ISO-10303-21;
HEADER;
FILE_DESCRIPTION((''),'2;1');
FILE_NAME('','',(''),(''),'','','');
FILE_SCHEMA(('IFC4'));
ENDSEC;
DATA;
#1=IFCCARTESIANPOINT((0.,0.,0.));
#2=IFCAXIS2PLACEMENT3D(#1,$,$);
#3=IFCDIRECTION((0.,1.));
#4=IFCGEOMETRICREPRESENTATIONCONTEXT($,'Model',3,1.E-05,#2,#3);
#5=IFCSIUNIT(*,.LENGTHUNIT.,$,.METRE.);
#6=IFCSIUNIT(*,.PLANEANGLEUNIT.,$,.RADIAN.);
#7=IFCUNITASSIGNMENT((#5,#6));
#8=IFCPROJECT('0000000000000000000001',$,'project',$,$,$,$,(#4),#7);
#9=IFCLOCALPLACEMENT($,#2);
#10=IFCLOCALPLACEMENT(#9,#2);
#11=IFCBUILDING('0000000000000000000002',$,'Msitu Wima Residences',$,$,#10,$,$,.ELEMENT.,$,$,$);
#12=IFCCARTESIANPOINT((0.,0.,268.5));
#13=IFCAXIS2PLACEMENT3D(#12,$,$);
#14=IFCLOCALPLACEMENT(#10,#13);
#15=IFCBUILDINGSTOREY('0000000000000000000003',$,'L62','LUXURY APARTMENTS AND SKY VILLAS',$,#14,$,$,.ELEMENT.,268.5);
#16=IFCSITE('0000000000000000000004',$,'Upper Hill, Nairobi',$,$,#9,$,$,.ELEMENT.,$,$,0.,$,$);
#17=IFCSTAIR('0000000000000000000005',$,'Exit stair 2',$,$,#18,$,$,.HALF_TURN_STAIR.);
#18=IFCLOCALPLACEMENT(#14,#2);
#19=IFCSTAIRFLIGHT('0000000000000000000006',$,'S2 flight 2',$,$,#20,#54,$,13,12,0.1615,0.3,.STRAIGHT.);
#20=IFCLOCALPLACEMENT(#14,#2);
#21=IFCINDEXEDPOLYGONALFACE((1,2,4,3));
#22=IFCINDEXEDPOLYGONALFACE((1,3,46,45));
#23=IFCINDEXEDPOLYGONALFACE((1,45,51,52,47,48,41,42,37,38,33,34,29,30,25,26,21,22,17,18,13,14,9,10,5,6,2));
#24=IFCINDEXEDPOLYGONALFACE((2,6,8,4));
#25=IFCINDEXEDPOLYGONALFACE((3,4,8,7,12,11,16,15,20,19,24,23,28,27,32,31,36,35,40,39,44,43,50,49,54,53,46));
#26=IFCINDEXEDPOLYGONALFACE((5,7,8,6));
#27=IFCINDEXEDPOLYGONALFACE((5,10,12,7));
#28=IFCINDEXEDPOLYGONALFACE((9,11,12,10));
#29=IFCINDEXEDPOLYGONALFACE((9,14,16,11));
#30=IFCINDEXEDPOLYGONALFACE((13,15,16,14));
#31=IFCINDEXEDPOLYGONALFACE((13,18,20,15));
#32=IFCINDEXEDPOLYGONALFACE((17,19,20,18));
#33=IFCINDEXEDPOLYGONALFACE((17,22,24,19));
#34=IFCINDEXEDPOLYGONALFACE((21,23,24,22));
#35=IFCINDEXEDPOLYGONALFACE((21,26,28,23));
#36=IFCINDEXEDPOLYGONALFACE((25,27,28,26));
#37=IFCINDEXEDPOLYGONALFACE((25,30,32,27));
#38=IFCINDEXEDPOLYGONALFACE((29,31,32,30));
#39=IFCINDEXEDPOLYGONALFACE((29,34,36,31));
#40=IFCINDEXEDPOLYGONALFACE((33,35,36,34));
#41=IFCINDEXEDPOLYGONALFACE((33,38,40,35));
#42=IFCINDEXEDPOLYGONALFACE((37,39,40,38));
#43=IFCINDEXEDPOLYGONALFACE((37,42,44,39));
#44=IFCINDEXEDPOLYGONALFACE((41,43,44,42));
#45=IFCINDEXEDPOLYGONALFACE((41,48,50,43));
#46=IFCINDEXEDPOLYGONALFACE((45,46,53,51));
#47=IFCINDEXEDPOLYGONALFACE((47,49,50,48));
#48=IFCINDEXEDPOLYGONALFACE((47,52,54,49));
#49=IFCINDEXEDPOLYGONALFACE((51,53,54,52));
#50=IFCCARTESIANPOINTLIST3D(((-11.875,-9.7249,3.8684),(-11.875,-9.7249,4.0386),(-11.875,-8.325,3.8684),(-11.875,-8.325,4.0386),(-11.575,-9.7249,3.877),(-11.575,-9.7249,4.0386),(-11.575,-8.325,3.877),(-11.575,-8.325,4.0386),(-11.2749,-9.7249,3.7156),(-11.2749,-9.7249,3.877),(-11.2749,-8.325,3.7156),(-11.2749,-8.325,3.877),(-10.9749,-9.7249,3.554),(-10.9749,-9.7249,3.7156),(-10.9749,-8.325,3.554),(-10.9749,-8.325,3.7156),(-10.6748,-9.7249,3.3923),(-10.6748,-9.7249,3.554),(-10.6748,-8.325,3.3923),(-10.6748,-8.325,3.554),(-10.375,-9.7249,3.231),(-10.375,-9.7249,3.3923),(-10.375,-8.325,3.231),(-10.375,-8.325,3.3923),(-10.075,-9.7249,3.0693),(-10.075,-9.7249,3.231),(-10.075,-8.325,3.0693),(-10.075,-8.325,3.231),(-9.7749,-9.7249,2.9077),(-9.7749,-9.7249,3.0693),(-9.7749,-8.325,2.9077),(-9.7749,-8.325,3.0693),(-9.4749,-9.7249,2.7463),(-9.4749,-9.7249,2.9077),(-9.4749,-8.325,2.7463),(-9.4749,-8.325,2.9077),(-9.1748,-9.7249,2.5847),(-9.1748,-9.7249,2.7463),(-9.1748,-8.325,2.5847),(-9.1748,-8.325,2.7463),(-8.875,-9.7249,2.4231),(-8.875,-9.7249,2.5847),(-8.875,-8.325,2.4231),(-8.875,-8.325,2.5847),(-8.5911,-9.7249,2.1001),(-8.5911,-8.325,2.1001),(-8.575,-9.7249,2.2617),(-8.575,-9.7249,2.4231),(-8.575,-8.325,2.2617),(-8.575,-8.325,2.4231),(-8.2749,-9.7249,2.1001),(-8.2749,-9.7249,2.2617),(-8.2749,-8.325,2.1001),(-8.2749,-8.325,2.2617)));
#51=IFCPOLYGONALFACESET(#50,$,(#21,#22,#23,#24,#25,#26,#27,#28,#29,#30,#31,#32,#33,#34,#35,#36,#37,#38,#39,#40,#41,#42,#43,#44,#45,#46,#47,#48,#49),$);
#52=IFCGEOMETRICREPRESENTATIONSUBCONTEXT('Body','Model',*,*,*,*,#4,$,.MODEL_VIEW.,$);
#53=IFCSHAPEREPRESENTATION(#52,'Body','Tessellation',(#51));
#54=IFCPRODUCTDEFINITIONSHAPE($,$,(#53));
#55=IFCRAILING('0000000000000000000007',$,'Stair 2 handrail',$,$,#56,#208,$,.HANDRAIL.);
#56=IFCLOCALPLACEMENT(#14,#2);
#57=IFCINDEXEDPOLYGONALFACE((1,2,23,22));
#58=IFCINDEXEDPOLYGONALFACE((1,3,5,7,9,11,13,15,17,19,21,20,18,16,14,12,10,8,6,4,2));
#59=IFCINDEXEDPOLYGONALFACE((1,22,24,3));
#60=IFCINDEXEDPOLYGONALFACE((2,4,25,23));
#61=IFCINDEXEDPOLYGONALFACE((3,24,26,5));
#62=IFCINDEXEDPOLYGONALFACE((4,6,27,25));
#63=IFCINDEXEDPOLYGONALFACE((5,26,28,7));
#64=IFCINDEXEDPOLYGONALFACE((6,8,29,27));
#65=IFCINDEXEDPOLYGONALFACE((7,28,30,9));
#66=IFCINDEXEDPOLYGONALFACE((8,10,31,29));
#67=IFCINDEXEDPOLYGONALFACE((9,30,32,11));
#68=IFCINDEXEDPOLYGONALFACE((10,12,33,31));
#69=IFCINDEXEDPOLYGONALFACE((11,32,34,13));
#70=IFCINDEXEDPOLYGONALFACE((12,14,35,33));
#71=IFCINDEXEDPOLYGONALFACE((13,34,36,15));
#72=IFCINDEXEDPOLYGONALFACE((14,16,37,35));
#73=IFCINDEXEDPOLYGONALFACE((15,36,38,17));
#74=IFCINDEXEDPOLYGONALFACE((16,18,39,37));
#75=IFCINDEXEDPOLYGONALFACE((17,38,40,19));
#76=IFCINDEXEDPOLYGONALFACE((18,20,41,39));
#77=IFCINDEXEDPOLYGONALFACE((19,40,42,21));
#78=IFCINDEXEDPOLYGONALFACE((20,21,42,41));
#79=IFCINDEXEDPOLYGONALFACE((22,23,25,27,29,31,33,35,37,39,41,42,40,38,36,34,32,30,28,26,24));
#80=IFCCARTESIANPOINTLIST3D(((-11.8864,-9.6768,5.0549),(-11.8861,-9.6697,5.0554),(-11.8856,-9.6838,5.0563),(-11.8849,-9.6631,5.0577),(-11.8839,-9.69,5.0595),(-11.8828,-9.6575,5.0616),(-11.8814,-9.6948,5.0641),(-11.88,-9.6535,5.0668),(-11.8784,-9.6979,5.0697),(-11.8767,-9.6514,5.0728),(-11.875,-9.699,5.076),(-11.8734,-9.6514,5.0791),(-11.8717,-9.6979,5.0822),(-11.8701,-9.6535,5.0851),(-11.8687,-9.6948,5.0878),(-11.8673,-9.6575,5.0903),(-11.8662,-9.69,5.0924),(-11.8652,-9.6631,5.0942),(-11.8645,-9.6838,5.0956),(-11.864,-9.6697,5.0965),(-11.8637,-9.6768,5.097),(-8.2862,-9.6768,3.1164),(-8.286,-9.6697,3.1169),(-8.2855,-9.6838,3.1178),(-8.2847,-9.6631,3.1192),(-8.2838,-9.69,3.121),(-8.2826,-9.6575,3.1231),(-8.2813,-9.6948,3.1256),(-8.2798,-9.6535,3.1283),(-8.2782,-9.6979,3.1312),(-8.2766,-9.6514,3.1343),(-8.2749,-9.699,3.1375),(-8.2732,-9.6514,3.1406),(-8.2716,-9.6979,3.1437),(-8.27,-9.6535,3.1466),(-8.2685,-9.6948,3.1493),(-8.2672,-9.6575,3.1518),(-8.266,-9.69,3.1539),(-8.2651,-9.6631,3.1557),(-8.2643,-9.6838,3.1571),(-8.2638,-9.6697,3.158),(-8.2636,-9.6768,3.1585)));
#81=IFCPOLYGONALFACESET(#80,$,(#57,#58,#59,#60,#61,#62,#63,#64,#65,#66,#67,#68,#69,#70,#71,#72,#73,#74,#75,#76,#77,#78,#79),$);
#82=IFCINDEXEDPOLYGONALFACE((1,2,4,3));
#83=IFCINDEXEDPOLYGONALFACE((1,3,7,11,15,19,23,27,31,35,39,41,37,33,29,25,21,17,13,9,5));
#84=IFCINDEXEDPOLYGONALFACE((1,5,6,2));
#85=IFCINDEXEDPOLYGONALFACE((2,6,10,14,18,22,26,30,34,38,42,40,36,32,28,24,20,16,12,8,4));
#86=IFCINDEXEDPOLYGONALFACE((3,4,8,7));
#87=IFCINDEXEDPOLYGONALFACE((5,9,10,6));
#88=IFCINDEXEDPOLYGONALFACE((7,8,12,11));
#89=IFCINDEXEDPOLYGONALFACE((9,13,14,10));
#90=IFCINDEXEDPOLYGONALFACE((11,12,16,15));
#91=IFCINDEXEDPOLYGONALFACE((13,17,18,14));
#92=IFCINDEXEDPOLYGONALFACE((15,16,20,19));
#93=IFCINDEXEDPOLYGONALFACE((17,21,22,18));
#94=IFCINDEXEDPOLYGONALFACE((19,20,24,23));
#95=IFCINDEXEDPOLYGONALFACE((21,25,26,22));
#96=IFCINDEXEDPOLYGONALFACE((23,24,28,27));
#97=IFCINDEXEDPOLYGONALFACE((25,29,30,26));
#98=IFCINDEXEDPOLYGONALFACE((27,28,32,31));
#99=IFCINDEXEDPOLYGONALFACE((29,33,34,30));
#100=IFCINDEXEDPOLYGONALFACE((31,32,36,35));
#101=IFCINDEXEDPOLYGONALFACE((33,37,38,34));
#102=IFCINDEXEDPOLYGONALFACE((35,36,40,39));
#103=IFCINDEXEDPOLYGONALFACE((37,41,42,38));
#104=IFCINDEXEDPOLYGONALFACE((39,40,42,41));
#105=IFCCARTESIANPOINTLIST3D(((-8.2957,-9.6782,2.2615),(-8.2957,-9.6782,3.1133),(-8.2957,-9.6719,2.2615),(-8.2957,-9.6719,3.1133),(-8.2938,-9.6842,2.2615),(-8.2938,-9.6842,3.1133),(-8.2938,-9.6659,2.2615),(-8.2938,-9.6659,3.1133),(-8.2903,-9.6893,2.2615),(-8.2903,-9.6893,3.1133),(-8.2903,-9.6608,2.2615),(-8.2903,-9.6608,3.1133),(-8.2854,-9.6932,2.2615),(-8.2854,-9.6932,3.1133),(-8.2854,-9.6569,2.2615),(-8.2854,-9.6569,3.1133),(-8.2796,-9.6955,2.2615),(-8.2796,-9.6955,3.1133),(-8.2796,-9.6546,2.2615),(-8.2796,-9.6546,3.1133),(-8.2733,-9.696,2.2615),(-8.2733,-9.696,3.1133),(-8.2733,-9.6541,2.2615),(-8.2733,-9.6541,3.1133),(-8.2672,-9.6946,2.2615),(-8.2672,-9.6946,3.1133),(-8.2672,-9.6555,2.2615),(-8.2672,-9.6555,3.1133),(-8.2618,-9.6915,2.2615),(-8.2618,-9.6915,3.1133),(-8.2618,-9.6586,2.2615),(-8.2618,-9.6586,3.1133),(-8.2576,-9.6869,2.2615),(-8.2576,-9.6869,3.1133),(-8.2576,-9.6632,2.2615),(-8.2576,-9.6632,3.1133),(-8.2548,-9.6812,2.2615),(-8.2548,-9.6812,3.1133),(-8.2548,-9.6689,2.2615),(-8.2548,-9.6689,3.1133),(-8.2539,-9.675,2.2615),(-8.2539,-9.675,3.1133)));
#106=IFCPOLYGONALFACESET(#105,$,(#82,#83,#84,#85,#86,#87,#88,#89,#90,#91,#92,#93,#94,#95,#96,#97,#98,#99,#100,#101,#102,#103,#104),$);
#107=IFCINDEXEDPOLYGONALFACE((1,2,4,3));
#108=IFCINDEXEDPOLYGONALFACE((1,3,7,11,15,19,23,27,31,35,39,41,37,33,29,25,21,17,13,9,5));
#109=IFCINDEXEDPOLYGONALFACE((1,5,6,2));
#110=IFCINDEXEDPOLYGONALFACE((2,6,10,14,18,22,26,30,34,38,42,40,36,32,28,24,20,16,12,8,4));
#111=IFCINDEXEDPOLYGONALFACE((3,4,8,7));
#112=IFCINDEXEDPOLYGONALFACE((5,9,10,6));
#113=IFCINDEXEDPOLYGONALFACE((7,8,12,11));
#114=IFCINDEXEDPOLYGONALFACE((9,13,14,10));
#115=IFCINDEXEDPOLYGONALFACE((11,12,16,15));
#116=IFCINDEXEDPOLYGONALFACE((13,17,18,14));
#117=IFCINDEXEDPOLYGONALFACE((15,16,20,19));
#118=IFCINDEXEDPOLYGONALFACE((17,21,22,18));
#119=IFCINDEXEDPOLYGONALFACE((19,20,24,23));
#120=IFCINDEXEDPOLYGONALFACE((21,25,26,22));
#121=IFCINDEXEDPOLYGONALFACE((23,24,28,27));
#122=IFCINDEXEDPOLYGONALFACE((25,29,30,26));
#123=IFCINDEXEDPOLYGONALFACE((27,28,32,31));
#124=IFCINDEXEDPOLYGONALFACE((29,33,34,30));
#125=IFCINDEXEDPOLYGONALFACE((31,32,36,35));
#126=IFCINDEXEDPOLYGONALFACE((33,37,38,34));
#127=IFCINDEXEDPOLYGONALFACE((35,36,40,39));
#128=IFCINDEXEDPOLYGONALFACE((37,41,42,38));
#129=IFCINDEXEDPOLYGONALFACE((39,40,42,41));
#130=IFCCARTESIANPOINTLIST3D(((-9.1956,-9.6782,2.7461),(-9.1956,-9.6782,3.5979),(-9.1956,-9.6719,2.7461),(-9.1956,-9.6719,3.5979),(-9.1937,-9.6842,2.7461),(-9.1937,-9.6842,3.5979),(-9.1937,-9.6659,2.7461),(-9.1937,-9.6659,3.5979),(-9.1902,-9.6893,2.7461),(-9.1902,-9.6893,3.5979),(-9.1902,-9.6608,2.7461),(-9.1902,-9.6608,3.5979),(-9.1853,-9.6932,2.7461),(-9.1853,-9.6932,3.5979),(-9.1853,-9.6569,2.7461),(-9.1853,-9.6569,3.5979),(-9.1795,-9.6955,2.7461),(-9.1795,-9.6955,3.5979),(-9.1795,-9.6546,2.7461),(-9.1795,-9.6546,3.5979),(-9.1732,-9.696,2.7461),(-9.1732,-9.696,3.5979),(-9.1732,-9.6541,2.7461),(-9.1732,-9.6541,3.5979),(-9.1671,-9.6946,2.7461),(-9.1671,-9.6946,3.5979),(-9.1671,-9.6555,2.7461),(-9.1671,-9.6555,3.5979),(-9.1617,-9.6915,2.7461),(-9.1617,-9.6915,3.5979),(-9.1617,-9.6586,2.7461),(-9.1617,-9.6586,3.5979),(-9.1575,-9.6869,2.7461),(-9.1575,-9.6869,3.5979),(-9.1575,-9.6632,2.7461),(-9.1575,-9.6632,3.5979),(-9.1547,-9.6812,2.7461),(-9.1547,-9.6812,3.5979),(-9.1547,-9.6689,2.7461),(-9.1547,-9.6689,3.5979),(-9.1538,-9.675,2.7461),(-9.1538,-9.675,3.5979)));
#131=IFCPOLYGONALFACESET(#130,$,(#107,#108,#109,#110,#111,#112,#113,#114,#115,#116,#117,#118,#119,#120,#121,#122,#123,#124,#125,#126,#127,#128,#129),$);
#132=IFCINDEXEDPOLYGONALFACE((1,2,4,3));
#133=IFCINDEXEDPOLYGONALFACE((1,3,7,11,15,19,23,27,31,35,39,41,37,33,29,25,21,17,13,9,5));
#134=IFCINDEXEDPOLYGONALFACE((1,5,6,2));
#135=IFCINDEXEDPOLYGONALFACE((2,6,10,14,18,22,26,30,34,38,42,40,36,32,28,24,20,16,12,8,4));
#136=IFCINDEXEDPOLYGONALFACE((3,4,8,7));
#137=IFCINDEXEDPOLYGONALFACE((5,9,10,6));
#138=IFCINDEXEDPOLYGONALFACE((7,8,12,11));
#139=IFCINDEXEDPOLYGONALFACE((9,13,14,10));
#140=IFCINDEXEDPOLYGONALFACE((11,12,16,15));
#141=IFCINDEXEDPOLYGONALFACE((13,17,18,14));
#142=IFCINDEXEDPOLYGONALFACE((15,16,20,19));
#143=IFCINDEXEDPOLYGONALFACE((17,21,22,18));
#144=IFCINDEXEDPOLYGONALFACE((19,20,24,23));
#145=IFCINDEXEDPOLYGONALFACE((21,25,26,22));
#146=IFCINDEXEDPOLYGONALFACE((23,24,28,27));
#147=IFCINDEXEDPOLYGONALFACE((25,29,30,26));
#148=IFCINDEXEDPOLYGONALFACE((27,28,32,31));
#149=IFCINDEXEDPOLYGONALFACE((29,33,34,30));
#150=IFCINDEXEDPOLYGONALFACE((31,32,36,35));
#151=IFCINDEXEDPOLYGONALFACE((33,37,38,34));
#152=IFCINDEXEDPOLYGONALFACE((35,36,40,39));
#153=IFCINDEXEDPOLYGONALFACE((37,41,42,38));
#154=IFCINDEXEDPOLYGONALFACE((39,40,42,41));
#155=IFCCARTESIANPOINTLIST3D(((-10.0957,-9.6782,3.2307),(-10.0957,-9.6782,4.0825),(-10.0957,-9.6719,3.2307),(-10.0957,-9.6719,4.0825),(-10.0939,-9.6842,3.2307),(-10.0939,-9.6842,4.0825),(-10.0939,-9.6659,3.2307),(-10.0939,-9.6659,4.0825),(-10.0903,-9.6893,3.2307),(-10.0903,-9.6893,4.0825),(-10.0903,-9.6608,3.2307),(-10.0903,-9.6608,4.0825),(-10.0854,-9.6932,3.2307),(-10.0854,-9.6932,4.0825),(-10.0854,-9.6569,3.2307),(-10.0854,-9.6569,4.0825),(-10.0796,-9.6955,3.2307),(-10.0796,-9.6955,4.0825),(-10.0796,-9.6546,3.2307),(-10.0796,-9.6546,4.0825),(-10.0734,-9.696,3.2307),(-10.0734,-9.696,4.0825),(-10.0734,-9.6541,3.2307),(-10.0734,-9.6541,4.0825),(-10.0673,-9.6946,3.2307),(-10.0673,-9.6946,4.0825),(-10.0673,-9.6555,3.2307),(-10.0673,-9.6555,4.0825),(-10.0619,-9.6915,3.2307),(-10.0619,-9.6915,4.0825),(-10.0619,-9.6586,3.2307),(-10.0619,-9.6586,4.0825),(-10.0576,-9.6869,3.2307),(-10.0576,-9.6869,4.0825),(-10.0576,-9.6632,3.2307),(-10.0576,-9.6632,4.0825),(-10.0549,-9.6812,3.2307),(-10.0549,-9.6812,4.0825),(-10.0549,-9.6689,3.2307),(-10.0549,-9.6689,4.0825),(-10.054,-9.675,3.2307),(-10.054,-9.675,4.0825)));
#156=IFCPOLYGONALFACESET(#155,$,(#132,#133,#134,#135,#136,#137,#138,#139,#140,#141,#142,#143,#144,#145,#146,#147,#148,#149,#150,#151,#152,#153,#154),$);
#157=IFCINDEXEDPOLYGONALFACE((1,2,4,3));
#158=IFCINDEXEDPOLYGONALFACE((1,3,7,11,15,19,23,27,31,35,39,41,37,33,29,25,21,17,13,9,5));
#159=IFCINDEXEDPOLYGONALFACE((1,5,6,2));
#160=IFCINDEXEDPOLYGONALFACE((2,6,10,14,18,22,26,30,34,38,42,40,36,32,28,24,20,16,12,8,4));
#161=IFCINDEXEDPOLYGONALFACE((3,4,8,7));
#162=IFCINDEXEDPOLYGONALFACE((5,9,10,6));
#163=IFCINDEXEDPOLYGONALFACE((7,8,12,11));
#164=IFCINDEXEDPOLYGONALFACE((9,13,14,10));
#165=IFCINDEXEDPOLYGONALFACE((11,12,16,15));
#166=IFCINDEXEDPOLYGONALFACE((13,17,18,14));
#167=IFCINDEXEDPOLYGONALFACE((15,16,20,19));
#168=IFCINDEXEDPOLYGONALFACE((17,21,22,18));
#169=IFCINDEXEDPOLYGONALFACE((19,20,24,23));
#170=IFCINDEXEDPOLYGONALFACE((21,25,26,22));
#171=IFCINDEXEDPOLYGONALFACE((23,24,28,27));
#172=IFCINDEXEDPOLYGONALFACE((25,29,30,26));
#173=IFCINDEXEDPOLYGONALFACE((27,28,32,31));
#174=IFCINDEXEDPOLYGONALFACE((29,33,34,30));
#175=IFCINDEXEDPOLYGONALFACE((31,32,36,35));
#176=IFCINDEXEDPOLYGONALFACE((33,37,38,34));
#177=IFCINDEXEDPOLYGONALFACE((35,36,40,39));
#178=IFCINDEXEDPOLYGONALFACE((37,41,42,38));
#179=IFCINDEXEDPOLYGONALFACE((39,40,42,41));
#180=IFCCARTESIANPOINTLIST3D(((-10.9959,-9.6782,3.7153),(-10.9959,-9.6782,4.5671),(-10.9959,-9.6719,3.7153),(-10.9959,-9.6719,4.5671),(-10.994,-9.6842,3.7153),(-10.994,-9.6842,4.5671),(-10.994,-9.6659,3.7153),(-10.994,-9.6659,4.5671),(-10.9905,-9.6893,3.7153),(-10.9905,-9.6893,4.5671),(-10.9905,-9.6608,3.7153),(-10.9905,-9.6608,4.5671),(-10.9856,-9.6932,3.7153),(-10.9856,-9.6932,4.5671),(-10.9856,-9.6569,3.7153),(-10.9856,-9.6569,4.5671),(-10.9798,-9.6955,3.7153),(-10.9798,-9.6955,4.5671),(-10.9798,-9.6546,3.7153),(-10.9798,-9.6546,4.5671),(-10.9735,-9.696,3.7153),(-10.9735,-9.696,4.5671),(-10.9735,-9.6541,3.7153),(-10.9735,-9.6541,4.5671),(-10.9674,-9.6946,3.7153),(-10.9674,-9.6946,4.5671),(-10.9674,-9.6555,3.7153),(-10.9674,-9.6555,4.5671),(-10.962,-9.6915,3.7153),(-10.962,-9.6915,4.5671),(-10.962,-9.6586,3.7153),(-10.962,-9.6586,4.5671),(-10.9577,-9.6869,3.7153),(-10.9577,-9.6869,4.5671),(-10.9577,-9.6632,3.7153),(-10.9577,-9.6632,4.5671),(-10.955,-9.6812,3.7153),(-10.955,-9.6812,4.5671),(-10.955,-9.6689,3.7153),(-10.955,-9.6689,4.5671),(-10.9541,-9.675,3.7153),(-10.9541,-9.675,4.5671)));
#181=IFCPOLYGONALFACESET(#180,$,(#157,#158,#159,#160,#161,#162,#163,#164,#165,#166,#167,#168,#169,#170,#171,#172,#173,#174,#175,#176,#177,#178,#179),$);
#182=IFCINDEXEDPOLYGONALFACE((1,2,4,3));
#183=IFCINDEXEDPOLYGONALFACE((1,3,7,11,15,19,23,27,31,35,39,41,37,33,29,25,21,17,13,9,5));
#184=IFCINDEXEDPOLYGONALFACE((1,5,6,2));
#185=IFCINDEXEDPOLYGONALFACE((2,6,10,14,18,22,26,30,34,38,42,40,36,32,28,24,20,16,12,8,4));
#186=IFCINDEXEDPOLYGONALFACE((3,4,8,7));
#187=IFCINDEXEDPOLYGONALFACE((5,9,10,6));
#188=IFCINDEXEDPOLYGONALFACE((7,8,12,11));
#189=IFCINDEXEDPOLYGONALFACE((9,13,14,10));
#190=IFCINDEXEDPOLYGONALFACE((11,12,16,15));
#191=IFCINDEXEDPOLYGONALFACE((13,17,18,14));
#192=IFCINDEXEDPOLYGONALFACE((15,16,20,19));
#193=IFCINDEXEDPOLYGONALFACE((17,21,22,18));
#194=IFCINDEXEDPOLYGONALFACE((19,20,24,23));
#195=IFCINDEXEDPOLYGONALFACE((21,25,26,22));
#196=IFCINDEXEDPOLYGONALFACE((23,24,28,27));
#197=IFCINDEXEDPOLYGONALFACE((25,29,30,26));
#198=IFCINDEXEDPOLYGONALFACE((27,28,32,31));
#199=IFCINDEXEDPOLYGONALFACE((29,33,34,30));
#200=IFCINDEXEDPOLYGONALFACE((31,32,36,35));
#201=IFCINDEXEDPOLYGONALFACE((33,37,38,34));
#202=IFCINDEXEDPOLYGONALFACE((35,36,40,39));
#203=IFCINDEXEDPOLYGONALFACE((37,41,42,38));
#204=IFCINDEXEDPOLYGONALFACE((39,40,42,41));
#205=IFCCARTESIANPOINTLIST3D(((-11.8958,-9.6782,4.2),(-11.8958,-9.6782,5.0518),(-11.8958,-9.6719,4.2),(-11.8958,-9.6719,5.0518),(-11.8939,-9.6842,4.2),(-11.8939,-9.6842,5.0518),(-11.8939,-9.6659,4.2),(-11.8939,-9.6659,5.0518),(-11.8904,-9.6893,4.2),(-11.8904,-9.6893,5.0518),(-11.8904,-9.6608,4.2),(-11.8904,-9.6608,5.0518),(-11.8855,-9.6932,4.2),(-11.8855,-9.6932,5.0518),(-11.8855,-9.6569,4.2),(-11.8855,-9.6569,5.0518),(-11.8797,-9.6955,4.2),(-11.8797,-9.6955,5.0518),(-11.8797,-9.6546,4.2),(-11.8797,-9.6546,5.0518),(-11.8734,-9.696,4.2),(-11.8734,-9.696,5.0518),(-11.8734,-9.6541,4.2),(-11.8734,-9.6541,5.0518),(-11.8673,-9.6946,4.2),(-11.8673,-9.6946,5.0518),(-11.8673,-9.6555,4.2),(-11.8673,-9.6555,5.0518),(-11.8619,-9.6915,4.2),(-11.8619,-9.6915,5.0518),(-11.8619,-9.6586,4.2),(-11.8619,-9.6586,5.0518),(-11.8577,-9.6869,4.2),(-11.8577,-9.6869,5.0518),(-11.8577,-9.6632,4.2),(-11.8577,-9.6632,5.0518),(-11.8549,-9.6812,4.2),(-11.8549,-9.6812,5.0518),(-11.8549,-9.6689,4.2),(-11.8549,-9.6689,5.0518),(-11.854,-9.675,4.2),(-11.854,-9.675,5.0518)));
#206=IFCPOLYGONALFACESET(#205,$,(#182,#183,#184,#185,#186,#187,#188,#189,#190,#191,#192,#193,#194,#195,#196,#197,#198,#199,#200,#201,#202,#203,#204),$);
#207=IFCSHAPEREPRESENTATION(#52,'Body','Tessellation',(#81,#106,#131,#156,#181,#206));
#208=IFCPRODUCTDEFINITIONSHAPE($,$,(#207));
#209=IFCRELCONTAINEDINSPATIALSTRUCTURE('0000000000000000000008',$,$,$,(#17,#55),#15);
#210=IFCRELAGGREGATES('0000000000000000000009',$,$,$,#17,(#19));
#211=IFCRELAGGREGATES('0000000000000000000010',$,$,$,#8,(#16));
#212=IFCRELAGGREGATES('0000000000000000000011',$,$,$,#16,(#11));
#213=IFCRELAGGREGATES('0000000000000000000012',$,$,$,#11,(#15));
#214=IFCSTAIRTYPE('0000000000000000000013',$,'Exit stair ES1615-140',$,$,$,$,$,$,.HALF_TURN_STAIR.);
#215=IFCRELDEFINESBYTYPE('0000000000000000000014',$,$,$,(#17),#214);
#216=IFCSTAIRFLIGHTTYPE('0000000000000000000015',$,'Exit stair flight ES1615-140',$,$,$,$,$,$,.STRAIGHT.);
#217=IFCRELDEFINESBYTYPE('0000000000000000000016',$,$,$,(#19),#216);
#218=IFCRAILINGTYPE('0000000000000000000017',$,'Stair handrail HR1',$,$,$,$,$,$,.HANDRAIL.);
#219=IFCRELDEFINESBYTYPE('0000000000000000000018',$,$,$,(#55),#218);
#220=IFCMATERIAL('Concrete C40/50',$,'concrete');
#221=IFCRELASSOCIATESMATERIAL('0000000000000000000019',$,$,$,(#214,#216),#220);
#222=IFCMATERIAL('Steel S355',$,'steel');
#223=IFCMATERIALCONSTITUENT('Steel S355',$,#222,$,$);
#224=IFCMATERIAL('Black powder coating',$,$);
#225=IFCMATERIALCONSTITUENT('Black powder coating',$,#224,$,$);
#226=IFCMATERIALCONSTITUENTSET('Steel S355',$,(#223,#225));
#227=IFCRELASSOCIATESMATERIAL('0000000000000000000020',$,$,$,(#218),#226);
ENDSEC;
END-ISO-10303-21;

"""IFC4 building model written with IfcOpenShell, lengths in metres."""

from ifc_helpers import new_model, si_unit, direction, frame, origin, origin_2d, place, context, subcontext, project, spatial, polyline, circle, outline, extrude, material, constituent, constituent_set, type_object, element, aggregate, save


model = new_model("IFC4")

# Units and contexts
model_context = context("Model", 3, precision=1e-05, world=origin(), true_north=direction((0.0, 1.0)))
body_context = subcontext(model_context, "Body", "Model", "MODEL_VIEW")
ifc_project = project(units=[si_unit("LENGTHUNIT", "METRE"), si_unit("PLANEANGLEUNIT", "RADIAN")], contexts=[model_context])

# Site, building, storey
site_placement = place(None, origin())
site = spatial("IfcSite", under=ifc_project, at=site_placement, Name="Upper Hill, Nairobi", CompositionType="ELEMENT", RefElevation=0.0)
building_placement = place(site_placement, origin())
building = spatial("IfcBuilding", under=site, at=building_placement, Name="Msitu Wima Residences", CompositionType="ELEMENT")
storey_placement = place(building_placement, frame((0.0, 0.0, 268.5)))
storey = spatial("IfcBuildingStorey", under=building, at=storey_placement, Name="L62", Description="LUXURY APARTMENTS AND SKY VILLAS", CompositionType="ELEMENT", Elevation=268.5)

# Stair, stair flight
ifc_material_1 = material(Name="Concrete C40/50", Category="concrete")
stair_type = type_object("IfcStairType", Name="Exit stair ES1615-140", PredefinedType="HALF_TURN_STAIR", material=ifc_material_1)
stair_placement = place(storey_placement, origin())
stair = element("IfcStair", 1, at=stair_placement, inside=storey, type_object=stair_type, Name="Exit stair 2", PredefinedType="HALF_TURN_STAIR")
stair_flight_type = type_object("IfcStairFlightType", Name="Exit stair flight ES1615-140", PredefinedType="STRAIGHT", material=ifc_material_1)
stair_flight_placement = place(storey_placement, frame((-8.2749, -9.0249, 2.1001), z_axis=(0.0, 0.0, 1.0), x_axis=(-1.0, 0.0, 0.0)))
stair_flight = element("IfcStairFlight", 2, at=stair_flight_placement, type_object=stair_flight_type, Name="S2 flight 2", NumberOfRisers=13, NumberOfTreads=12, PredefinedType="STRAIGHT", RiserHeight=0.1615, TreadLength=0.3, context=body_context, shape_type="SweptSolid", body=[
    extrude(outline(polyline([(0.0, 0.0), (0.0, 0.1616), (0.3, 0.1616), (0.3, 0.323), (0.6001, 0.323), (0.6001, 0.4846), (0.8999, 0.4846), (0.8999, 0.6462), (1.2, 0.6462), (1.2, 0.8076), (1.5, 0.8076), (1.5, 0.9692), (1.8, 0.9692), (1.8, 1.1309), (2.1001, 1.1309), (2.1001, 1.2922), (2.3999, 1.2922), (2.3999, 1.4539), (2.7, 1.4539), (2.7, 1.6155), (3.0, 1.6155), (3.0, 1.7769), (3.3, 1.7769), (3.3, 1.9385), (3.6001, 1.9385), (3.6001, 2.1001), (3.6001, 1.7683), (0.3162, 0.0), (0.0, 0.0)])), frame((0.0, 0.7, 0.0), z_axis=(0.0, -1.0, 0.0), x_axis=(1.0, 0.0, 0.0)), (0.0, 0.0, 1.0), 1.3999),
])
aggregate(stair, [stair_flight])

# Railing
ifc_material_2 = material(Name="Steel S355", Category="steel")
ifc_constituent_1 = constituent(ifc_material_2, Name="Steel S355")
ifc_material_3 = material(Name="Black powder coating")
ifc_constituent_2 = constituent(ifc_material_3, Name="Black powder coating")
ifc_constituent_set = constituent_set(constituents=[ifc_constituent_1, ifc_constituent_2], Name="Steel S355")
railing_type = type_object("IfcRailingType", Name="Stair handrail HR1", PredefinedType="HANDRAIL", material=ifc_constituent_set)
for number, where, name in (
    (3, (-8.2749, -9.675, 2.2615), "Stair 2 handrail"),
):
    element("IfcRailing", number, at=place(storey_placement, frame(where)), inside=storey, type_object=railing_type, Name=name, PredefinedType="HANDRAIL", context=body_context, shape_type="SweptSolid", body=[
        extrude(circle(Radius=0.0239, at=origin_2d()), frame((0.0, 0.0, 0.876), z_axis=(-0.880475, 0.0, 0.474093), x_axis=(0.0, -1.0, 0.0)), (0.0, 0.0, 1.0), 4.0889),
        extrude(circle(Radius=0.021, at=origin_2d()), origin(), (0.0, 0.0, 1.0), 0.8518),
        extrude(circle(Radius=0.021, at=origin_2d()), frame((-0.8999, 0.0, 0.4846)), (0.0, 0.0, 1.0), 0.8518),
        extrude(circle(Radius=0.021, at=origin_2d()), frame((-1.8, 0.0, 0.9692)), (0.0, 0.0, 1.0), 0.8518),
        extrude(circle(Radius=0.021, at=origin_2d()), frame((-2.7002, 0.0, 1.4539)), (0.0, 0.0, 1.0), 0.8518),
        extrude(circle(Radius=0.021, at=origin_2d()), frame((-3.6001, 0.0, 1.9385)), (0.0, 0.0, 1.0), 0.8518),
    ])

save(model, "model.ifc")
